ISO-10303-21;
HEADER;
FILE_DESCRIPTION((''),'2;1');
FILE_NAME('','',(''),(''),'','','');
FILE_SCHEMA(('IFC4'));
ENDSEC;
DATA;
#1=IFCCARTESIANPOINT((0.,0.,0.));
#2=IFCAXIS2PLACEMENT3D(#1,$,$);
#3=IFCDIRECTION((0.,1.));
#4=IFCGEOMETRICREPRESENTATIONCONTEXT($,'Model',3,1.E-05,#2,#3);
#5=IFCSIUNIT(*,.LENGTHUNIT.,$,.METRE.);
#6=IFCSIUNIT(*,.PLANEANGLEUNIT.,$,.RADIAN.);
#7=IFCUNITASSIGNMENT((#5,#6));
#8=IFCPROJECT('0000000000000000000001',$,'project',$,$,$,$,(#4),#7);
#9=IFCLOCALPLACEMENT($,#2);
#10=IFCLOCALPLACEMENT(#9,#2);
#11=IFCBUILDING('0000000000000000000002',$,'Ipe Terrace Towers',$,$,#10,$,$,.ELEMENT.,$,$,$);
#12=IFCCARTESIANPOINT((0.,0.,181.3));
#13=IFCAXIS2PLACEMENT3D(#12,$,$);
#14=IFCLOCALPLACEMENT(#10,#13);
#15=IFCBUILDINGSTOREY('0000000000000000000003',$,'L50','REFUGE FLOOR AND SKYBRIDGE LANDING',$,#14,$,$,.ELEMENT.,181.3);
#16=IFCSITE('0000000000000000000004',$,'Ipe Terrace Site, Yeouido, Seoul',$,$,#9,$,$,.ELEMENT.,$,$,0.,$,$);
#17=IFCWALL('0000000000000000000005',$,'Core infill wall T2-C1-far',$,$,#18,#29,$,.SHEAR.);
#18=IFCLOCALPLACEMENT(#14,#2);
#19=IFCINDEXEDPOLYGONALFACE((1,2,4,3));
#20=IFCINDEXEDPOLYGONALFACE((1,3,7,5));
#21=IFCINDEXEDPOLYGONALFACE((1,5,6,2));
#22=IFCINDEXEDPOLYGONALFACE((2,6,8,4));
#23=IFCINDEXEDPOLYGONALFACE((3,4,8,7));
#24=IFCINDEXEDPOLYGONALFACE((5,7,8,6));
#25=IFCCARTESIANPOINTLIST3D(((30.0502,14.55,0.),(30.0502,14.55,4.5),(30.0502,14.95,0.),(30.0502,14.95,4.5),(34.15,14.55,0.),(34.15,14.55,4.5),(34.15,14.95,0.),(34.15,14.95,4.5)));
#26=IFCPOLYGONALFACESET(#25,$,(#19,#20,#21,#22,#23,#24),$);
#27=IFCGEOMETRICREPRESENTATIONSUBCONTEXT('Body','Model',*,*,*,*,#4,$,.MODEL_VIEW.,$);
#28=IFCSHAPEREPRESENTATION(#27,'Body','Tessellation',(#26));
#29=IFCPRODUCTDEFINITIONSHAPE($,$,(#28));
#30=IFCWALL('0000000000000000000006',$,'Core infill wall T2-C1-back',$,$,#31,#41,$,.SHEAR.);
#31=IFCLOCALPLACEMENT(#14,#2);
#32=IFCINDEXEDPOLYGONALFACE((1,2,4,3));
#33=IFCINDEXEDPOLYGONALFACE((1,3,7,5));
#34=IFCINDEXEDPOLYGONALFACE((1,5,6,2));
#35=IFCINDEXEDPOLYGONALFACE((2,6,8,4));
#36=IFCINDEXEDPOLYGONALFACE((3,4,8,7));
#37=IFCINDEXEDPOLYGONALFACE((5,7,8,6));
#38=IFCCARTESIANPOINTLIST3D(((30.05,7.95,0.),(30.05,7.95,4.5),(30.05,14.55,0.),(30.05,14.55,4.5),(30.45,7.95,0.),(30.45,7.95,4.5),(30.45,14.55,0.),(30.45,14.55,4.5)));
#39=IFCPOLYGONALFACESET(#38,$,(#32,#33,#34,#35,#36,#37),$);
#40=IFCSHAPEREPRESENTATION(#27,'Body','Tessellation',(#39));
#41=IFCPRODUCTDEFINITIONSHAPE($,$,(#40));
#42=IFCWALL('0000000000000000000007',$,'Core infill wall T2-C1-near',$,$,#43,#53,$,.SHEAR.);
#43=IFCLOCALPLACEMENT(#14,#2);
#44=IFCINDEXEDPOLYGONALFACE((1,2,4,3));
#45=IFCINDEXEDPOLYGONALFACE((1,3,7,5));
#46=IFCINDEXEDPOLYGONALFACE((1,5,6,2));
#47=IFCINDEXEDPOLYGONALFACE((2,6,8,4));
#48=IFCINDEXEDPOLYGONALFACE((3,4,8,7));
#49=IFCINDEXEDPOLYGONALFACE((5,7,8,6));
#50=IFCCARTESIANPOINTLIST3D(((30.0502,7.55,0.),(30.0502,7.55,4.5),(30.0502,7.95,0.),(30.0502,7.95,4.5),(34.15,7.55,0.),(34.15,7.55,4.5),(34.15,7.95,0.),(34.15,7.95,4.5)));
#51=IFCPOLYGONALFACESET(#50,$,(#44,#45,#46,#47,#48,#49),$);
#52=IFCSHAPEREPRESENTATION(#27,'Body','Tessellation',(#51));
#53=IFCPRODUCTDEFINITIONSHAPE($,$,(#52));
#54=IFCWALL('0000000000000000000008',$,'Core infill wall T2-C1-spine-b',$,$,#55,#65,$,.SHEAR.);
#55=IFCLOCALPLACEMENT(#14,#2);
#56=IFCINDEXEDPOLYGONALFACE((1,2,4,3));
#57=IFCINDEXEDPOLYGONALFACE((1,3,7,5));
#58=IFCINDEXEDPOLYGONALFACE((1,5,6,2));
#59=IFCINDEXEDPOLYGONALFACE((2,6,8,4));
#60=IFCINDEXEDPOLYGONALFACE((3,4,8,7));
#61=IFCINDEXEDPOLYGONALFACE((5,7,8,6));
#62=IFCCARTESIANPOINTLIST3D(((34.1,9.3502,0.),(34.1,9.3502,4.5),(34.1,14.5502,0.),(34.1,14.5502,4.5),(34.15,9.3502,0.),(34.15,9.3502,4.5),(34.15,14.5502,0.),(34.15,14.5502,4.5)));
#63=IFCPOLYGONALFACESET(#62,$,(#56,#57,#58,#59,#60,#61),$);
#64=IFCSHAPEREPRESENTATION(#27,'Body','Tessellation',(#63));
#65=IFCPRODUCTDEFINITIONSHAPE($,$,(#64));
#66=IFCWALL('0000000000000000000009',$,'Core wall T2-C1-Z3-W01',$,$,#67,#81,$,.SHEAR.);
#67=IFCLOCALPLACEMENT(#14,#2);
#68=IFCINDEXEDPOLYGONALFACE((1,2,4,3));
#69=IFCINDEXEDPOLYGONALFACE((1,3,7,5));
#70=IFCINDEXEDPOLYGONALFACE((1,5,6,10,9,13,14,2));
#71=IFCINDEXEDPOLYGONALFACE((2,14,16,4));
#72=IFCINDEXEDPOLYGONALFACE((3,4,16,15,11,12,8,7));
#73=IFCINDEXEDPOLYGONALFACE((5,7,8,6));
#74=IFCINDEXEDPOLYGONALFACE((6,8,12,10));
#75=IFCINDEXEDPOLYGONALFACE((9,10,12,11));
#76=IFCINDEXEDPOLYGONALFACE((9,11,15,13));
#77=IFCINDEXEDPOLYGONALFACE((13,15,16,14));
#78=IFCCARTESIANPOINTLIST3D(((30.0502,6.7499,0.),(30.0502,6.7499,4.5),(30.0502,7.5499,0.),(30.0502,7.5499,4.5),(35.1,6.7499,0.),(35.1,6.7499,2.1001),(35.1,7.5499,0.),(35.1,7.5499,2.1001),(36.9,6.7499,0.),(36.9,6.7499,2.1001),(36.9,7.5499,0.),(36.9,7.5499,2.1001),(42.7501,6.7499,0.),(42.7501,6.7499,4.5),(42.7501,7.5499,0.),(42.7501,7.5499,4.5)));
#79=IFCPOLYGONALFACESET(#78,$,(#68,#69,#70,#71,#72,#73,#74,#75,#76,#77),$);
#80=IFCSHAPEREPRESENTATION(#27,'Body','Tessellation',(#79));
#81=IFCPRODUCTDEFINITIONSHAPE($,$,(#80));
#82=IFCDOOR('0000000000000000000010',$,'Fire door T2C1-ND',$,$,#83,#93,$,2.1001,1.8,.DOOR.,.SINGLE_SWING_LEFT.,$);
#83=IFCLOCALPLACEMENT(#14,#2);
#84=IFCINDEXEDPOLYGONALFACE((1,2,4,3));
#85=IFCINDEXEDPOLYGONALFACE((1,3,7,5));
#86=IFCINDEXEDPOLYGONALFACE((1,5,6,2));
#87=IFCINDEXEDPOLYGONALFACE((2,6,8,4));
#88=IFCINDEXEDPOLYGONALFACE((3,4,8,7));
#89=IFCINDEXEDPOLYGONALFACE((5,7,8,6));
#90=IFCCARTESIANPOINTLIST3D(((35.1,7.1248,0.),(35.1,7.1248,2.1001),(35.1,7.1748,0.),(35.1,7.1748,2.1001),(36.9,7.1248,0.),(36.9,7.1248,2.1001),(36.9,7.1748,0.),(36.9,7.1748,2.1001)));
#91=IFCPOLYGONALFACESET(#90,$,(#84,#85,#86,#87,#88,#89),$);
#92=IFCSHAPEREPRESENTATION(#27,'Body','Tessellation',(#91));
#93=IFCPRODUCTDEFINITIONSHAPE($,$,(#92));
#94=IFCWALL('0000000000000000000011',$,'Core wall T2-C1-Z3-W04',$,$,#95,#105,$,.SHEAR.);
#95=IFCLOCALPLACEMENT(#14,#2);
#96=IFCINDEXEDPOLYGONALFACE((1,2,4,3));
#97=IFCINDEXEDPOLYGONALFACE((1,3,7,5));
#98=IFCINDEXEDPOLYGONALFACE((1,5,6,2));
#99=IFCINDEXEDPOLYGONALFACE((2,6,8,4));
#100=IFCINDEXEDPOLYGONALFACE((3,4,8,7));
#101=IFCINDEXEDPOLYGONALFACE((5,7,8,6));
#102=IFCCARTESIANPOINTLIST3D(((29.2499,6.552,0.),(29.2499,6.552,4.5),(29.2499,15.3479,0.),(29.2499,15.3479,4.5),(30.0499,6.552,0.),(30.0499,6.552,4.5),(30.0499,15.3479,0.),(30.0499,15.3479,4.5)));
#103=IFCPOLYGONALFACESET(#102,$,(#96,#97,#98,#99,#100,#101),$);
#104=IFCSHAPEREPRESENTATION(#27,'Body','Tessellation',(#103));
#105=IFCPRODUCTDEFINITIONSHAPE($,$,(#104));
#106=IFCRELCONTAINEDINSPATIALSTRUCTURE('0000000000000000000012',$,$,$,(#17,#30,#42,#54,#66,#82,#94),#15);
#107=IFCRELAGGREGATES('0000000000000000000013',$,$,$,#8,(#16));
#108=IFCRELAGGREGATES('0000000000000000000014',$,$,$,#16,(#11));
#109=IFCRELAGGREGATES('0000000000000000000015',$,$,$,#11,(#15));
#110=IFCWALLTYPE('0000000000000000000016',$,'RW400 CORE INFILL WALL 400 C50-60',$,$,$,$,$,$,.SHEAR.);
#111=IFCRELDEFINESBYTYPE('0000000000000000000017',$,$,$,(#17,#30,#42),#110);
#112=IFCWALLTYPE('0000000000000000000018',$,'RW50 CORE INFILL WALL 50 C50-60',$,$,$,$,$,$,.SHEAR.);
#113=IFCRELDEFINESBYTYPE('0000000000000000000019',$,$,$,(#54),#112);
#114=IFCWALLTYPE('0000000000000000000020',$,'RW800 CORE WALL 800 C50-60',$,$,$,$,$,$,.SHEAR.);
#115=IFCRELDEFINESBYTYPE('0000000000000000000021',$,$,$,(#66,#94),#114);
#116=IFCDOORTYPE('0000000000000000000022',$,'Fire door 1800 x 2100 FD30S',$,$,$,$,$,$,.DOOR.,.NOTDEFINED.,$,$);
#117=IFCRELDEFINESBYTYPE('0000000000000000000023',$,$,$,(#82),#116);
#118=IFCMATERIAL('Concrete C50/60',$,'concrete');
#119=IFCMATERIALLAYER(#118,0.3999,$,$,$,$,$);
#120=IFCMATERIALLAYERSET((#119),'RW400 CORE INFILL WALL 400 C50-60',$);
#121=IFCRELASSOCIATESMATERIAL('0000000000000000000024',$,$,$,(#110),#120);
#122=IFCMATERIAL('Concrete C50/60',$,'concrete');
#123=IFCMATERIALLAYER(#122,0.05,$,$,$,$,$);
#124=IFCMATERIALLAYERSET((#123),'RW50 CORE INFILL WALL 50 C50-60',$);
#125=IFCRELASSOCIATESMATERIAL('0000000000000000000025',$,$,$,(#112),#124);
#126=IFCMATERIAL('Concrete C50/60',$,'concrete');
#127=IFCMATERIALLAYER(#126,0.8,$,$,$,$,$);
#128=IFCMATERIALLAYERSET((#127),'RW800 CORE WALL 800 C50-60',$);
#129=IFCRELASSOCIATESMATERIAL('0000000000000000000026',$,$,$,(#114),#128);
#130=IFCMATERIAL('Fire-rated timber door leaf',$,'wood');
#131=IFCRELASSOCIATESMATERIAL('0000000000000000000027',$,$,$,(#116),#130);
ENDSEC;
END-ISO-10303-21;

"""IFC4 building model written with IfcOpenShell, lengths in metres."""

from ifc_helpers import new_model, si_unit, direction, frame, frame_2d, origin, place, context, subcontext, project, spatial, rectangle, extrude, material, layer, layer_set, type_object, element, fill, save


model = new_model("IFC4")

# Units and contexts
model_context = context("Model", 3, precision=1e-05, world=origin(), true_north=direction((0.0, 1.0)))
body_context = subcontext(model_context, "Body", "Model", "MODEL_VIEW")
ifc_project = project(units=[si_unit("LENGTHUNIT", "METRE"), si_unit("PLANEANGLEUNIT", "RADIAN")], contexts=[model_context])

# Site, building, storey
site_placement = place(None, origin())
site = spatial("IfcSite", under=ifc_project, at=site_placement, Name="Ipe Terrace Site, Yeouido, Seoul", CompositionType="ELEMENT", RefElevation=0.0)
building_placement = place(site_placement, origin())
building = spatial("IfcBuilding", under=site, at=building_placement, Name="Ipe Terrace Towers", CompositionType="ELEMENT")
storey_placement = place(building_placement, frame((0.0, 0.0, 181.3)))
storey = spatial("IfcBuildingStorey", under=building, at=storey_placement, Name="L50", Description="REFUGE FLOOR AND SKYBRIDGE LANDING", CompositionType="ELEMENT", Elevation=181.3)

# Walls
ifc_material_1 = material(Name="Concrete C50/60", Category="concrete")
ifc_layer_1 = layer(ifc_material_1, 0.3999)
ifc_layer_set_1 = layer_set([ifc_layer_1], Name="RW400 CORE INFILL WALL 400 C50-60")
wall_type_1 = type_object("IfcWallType", Name="RW400 CORE INFILL WALL 400 C50-60", PredefinedType="SHEAR", material=ifc_layer_set_1)
wall_1_placement = place(storey_placement, frame((34.1499, 14.75, 0.0), z_axis=(0.0, 0.0, 1.0), x_axis=(-1.0, 0.0, 0.0)))
element("IfcWall", 1, at=wall_1_placement, inside=storey, type_object=wall_type_1, Name="Core infill wall T2-C1-far", PredefinedType="SHEAR", context=body_context, shape_type="SweptSolid", body=[
    extrude(rectangle(XDim=4.0999, YDim=0.3999, at=frame_2d((2.0498, 0.0))), origin(), (0.0, 0.0, 1.0), 4.5),
])
wall_2_placement = place(storey_placement, frame((30.25, 7.95, 0.0), z_axis=(0.0, 0.0, 1.0), x_axis=(0.0, 1.0, 0.0)))
element("IfcWall", 2, at=wall_2_placement, inside=storey, type_object=wall_type_1, Name="Core infill wall T2-C1-back", PredefinedType="SHEAR", context=body_context, shape_type="SweptSolid", body=[
    extrude(rectangle(XDim=6.6001, YDim=0.3999, at=frame_2d((3.3, 0.0))), origin(), (0.0, 0.0, 1.0), 4.5),
])
wall_3_placement = place(storey_placement, frame((34.1499, 7.75, 0.0), z_axis=(0.0, 0.0, 1.0), x_axis=(-1.0, 0.0, 0.0)))
element("IfcWall", 3, at=wall_3_placement, inside=storey, type_object=wall_type_1, Name="Core infill wall T2-C1-near", PredefinedType="SHEAR", context=body_context, shape_type="SweptSolid", body=[
    extrude(rectangle(XDim=4.0999, YDim=0.3999, at=frame_2d((2.0498, 0.0))), origin(), (0.0, 0.0, 1.0), 4.5),
])
ifc_material_2 = material(Name="Concrete C50/60", Category="concrete")
ifc_layer_2 = layer(ifc_material_2, 0.05)
ifc_layer_set_2 = layer_set([ifc_layer_2], Name="RW50 CORE INFILL WALL 50 C50-60")
wall_type_2 = type_object("IfcWallType", Name="RW50 CORE INFILL WALL 50 C50-60", PredefinedType="SHEAR", material=ifc_layer_set_2)
wall_4_placement = place(storey_placement, frame((34.125, 9.3501, 0.0), z_axis=(0.0, 0.0, 1.0), x_axis=(0.0, 1.0, 0.0)))
element("IfcWall", 4, at=wall_4_placement, inside=storey, type_object=wall_type_2, Name="Core infill wall T2-C1-spine-b", PredefinedType="SHEAR", context=body_context, shape_type="SweptSolid", body=[
    extrude(rectangle(XDim=5.2, YDim=0.05, at=frame_2d((2.6001, 0.0))), origin(), (0.0, 0.0, 1.0), 4.5),
])

# Wall, opening, door
ifc_material_3 = material(Name="Concrete C50/60", Category="concrete")
ifc_layer_3 = layer(ifc_material_3, 0.8)
ifc_layer_set_3 = layer_set([ifc_layer_3], Name="RW800 CORE WALL 800 C50-60")
wall_type_3 = type_object("IfcWallType", Name="RW800 CORE WALL 800 C50-60", PredefinedType="SHEAR", material=ifc_layer_set_3)
wall_5_placement = place(storey_placement, frame((30.05, 7.1499, 0.0), z_axis=(0.0, 0.0, 1.0), x_axis=(1.0, 0.0, 0.0)))
wall_5 = element("IfcWall", 5, at=wall_5_placement, inside=storey, type_object=wall_type_3, Name="Core wall T2-C1-Z3-W01", PredefinedType="SHEAR", context=body_context, shape_type="SweptSolid", body=[
    extrude(rectangle(XDim=12.7, YDim=0.8, at=frame_2d((6.3501, 0.0))), origin(), (0.0, 0.0, 1.0), 4.5),
])
opening_1_placement = place(wall_5_placement, frame((5.05, 0.0, 0.0)))
opening_1 = element("IfcOpeningElement", 6, at=opening_1_placement, cuts=wall_5, PredefinedType="OPENING", context=body_context, shape_type="SweptSolid", body=[
    extrude(rectangle(XDim=1.8, YDim=2.1001, at=frame_2d((0.8999, 1.05))), frame((0.0, 0.4102, 0.0), z_axis=(0.0, -1.0, 0.0), x_axis=(1.0, 0.0, 0.0)), (0.0, 0.0, 1.0), 0.8201),
])
ifc_material_4 = material(Name="Fire-rated timber door leaf", Category="wood")
door_type_1 = type_object("IfcDoorType", Name="Fire door 1800 x 2100 FD30S", OperationType="NOTDEFINED", PredefinedType="DOOR", material=ifc_material_4)
door_1_placement = place(opening_1_placement, origin())
door_1 = element("IfcDoor", 7, at=door_1_placement, inside=storey, type_object=door_type_1, Name="Fire door T2C1-ND", OperationType="SINGLE_SWING_LEFT", OverallHeight=2.1001, OverallWidth=1.8, PredefinedType="DOOR", context=body_context, shape_type="SweptSolid", body=[
    extrude(rectangle(XDim=1.8, YDim=2.1001, at=frame_2d((0.8999, 1.05))), frame((0.0, 0.0249, 0.0), z_axis=(0.0, -1.0, 0.0), x_axis=(1.0, 0.0, 0.0)), (0.0, 0.0, 1.0), 0.05),
])
fill(opening_1, door_1)

# Wall
wall_6_placement = place(storey_placement, frame((29.6499, 15.3479, 0.0), z_axis=(0.0, 0.0, 1.0), x_axis=(0.0, -1.0, 0.0)))
element("IfcWall", 8, at=wall_6_placement, inside=storey, type_object=wall_type_3, Name="Core wall T2-C1-Z3-W04", PredefinedType="SHEAR", context=body_context, shape_type="SweptSolid", body=[
    extrude(rectangle(XDim=8.7959, YDim=0.8, at=frame_2d((4.3979, 0.0))), origin(), (0.0, 0.0, 1.0), 4.5),
])

save(model, "model.ifc")
